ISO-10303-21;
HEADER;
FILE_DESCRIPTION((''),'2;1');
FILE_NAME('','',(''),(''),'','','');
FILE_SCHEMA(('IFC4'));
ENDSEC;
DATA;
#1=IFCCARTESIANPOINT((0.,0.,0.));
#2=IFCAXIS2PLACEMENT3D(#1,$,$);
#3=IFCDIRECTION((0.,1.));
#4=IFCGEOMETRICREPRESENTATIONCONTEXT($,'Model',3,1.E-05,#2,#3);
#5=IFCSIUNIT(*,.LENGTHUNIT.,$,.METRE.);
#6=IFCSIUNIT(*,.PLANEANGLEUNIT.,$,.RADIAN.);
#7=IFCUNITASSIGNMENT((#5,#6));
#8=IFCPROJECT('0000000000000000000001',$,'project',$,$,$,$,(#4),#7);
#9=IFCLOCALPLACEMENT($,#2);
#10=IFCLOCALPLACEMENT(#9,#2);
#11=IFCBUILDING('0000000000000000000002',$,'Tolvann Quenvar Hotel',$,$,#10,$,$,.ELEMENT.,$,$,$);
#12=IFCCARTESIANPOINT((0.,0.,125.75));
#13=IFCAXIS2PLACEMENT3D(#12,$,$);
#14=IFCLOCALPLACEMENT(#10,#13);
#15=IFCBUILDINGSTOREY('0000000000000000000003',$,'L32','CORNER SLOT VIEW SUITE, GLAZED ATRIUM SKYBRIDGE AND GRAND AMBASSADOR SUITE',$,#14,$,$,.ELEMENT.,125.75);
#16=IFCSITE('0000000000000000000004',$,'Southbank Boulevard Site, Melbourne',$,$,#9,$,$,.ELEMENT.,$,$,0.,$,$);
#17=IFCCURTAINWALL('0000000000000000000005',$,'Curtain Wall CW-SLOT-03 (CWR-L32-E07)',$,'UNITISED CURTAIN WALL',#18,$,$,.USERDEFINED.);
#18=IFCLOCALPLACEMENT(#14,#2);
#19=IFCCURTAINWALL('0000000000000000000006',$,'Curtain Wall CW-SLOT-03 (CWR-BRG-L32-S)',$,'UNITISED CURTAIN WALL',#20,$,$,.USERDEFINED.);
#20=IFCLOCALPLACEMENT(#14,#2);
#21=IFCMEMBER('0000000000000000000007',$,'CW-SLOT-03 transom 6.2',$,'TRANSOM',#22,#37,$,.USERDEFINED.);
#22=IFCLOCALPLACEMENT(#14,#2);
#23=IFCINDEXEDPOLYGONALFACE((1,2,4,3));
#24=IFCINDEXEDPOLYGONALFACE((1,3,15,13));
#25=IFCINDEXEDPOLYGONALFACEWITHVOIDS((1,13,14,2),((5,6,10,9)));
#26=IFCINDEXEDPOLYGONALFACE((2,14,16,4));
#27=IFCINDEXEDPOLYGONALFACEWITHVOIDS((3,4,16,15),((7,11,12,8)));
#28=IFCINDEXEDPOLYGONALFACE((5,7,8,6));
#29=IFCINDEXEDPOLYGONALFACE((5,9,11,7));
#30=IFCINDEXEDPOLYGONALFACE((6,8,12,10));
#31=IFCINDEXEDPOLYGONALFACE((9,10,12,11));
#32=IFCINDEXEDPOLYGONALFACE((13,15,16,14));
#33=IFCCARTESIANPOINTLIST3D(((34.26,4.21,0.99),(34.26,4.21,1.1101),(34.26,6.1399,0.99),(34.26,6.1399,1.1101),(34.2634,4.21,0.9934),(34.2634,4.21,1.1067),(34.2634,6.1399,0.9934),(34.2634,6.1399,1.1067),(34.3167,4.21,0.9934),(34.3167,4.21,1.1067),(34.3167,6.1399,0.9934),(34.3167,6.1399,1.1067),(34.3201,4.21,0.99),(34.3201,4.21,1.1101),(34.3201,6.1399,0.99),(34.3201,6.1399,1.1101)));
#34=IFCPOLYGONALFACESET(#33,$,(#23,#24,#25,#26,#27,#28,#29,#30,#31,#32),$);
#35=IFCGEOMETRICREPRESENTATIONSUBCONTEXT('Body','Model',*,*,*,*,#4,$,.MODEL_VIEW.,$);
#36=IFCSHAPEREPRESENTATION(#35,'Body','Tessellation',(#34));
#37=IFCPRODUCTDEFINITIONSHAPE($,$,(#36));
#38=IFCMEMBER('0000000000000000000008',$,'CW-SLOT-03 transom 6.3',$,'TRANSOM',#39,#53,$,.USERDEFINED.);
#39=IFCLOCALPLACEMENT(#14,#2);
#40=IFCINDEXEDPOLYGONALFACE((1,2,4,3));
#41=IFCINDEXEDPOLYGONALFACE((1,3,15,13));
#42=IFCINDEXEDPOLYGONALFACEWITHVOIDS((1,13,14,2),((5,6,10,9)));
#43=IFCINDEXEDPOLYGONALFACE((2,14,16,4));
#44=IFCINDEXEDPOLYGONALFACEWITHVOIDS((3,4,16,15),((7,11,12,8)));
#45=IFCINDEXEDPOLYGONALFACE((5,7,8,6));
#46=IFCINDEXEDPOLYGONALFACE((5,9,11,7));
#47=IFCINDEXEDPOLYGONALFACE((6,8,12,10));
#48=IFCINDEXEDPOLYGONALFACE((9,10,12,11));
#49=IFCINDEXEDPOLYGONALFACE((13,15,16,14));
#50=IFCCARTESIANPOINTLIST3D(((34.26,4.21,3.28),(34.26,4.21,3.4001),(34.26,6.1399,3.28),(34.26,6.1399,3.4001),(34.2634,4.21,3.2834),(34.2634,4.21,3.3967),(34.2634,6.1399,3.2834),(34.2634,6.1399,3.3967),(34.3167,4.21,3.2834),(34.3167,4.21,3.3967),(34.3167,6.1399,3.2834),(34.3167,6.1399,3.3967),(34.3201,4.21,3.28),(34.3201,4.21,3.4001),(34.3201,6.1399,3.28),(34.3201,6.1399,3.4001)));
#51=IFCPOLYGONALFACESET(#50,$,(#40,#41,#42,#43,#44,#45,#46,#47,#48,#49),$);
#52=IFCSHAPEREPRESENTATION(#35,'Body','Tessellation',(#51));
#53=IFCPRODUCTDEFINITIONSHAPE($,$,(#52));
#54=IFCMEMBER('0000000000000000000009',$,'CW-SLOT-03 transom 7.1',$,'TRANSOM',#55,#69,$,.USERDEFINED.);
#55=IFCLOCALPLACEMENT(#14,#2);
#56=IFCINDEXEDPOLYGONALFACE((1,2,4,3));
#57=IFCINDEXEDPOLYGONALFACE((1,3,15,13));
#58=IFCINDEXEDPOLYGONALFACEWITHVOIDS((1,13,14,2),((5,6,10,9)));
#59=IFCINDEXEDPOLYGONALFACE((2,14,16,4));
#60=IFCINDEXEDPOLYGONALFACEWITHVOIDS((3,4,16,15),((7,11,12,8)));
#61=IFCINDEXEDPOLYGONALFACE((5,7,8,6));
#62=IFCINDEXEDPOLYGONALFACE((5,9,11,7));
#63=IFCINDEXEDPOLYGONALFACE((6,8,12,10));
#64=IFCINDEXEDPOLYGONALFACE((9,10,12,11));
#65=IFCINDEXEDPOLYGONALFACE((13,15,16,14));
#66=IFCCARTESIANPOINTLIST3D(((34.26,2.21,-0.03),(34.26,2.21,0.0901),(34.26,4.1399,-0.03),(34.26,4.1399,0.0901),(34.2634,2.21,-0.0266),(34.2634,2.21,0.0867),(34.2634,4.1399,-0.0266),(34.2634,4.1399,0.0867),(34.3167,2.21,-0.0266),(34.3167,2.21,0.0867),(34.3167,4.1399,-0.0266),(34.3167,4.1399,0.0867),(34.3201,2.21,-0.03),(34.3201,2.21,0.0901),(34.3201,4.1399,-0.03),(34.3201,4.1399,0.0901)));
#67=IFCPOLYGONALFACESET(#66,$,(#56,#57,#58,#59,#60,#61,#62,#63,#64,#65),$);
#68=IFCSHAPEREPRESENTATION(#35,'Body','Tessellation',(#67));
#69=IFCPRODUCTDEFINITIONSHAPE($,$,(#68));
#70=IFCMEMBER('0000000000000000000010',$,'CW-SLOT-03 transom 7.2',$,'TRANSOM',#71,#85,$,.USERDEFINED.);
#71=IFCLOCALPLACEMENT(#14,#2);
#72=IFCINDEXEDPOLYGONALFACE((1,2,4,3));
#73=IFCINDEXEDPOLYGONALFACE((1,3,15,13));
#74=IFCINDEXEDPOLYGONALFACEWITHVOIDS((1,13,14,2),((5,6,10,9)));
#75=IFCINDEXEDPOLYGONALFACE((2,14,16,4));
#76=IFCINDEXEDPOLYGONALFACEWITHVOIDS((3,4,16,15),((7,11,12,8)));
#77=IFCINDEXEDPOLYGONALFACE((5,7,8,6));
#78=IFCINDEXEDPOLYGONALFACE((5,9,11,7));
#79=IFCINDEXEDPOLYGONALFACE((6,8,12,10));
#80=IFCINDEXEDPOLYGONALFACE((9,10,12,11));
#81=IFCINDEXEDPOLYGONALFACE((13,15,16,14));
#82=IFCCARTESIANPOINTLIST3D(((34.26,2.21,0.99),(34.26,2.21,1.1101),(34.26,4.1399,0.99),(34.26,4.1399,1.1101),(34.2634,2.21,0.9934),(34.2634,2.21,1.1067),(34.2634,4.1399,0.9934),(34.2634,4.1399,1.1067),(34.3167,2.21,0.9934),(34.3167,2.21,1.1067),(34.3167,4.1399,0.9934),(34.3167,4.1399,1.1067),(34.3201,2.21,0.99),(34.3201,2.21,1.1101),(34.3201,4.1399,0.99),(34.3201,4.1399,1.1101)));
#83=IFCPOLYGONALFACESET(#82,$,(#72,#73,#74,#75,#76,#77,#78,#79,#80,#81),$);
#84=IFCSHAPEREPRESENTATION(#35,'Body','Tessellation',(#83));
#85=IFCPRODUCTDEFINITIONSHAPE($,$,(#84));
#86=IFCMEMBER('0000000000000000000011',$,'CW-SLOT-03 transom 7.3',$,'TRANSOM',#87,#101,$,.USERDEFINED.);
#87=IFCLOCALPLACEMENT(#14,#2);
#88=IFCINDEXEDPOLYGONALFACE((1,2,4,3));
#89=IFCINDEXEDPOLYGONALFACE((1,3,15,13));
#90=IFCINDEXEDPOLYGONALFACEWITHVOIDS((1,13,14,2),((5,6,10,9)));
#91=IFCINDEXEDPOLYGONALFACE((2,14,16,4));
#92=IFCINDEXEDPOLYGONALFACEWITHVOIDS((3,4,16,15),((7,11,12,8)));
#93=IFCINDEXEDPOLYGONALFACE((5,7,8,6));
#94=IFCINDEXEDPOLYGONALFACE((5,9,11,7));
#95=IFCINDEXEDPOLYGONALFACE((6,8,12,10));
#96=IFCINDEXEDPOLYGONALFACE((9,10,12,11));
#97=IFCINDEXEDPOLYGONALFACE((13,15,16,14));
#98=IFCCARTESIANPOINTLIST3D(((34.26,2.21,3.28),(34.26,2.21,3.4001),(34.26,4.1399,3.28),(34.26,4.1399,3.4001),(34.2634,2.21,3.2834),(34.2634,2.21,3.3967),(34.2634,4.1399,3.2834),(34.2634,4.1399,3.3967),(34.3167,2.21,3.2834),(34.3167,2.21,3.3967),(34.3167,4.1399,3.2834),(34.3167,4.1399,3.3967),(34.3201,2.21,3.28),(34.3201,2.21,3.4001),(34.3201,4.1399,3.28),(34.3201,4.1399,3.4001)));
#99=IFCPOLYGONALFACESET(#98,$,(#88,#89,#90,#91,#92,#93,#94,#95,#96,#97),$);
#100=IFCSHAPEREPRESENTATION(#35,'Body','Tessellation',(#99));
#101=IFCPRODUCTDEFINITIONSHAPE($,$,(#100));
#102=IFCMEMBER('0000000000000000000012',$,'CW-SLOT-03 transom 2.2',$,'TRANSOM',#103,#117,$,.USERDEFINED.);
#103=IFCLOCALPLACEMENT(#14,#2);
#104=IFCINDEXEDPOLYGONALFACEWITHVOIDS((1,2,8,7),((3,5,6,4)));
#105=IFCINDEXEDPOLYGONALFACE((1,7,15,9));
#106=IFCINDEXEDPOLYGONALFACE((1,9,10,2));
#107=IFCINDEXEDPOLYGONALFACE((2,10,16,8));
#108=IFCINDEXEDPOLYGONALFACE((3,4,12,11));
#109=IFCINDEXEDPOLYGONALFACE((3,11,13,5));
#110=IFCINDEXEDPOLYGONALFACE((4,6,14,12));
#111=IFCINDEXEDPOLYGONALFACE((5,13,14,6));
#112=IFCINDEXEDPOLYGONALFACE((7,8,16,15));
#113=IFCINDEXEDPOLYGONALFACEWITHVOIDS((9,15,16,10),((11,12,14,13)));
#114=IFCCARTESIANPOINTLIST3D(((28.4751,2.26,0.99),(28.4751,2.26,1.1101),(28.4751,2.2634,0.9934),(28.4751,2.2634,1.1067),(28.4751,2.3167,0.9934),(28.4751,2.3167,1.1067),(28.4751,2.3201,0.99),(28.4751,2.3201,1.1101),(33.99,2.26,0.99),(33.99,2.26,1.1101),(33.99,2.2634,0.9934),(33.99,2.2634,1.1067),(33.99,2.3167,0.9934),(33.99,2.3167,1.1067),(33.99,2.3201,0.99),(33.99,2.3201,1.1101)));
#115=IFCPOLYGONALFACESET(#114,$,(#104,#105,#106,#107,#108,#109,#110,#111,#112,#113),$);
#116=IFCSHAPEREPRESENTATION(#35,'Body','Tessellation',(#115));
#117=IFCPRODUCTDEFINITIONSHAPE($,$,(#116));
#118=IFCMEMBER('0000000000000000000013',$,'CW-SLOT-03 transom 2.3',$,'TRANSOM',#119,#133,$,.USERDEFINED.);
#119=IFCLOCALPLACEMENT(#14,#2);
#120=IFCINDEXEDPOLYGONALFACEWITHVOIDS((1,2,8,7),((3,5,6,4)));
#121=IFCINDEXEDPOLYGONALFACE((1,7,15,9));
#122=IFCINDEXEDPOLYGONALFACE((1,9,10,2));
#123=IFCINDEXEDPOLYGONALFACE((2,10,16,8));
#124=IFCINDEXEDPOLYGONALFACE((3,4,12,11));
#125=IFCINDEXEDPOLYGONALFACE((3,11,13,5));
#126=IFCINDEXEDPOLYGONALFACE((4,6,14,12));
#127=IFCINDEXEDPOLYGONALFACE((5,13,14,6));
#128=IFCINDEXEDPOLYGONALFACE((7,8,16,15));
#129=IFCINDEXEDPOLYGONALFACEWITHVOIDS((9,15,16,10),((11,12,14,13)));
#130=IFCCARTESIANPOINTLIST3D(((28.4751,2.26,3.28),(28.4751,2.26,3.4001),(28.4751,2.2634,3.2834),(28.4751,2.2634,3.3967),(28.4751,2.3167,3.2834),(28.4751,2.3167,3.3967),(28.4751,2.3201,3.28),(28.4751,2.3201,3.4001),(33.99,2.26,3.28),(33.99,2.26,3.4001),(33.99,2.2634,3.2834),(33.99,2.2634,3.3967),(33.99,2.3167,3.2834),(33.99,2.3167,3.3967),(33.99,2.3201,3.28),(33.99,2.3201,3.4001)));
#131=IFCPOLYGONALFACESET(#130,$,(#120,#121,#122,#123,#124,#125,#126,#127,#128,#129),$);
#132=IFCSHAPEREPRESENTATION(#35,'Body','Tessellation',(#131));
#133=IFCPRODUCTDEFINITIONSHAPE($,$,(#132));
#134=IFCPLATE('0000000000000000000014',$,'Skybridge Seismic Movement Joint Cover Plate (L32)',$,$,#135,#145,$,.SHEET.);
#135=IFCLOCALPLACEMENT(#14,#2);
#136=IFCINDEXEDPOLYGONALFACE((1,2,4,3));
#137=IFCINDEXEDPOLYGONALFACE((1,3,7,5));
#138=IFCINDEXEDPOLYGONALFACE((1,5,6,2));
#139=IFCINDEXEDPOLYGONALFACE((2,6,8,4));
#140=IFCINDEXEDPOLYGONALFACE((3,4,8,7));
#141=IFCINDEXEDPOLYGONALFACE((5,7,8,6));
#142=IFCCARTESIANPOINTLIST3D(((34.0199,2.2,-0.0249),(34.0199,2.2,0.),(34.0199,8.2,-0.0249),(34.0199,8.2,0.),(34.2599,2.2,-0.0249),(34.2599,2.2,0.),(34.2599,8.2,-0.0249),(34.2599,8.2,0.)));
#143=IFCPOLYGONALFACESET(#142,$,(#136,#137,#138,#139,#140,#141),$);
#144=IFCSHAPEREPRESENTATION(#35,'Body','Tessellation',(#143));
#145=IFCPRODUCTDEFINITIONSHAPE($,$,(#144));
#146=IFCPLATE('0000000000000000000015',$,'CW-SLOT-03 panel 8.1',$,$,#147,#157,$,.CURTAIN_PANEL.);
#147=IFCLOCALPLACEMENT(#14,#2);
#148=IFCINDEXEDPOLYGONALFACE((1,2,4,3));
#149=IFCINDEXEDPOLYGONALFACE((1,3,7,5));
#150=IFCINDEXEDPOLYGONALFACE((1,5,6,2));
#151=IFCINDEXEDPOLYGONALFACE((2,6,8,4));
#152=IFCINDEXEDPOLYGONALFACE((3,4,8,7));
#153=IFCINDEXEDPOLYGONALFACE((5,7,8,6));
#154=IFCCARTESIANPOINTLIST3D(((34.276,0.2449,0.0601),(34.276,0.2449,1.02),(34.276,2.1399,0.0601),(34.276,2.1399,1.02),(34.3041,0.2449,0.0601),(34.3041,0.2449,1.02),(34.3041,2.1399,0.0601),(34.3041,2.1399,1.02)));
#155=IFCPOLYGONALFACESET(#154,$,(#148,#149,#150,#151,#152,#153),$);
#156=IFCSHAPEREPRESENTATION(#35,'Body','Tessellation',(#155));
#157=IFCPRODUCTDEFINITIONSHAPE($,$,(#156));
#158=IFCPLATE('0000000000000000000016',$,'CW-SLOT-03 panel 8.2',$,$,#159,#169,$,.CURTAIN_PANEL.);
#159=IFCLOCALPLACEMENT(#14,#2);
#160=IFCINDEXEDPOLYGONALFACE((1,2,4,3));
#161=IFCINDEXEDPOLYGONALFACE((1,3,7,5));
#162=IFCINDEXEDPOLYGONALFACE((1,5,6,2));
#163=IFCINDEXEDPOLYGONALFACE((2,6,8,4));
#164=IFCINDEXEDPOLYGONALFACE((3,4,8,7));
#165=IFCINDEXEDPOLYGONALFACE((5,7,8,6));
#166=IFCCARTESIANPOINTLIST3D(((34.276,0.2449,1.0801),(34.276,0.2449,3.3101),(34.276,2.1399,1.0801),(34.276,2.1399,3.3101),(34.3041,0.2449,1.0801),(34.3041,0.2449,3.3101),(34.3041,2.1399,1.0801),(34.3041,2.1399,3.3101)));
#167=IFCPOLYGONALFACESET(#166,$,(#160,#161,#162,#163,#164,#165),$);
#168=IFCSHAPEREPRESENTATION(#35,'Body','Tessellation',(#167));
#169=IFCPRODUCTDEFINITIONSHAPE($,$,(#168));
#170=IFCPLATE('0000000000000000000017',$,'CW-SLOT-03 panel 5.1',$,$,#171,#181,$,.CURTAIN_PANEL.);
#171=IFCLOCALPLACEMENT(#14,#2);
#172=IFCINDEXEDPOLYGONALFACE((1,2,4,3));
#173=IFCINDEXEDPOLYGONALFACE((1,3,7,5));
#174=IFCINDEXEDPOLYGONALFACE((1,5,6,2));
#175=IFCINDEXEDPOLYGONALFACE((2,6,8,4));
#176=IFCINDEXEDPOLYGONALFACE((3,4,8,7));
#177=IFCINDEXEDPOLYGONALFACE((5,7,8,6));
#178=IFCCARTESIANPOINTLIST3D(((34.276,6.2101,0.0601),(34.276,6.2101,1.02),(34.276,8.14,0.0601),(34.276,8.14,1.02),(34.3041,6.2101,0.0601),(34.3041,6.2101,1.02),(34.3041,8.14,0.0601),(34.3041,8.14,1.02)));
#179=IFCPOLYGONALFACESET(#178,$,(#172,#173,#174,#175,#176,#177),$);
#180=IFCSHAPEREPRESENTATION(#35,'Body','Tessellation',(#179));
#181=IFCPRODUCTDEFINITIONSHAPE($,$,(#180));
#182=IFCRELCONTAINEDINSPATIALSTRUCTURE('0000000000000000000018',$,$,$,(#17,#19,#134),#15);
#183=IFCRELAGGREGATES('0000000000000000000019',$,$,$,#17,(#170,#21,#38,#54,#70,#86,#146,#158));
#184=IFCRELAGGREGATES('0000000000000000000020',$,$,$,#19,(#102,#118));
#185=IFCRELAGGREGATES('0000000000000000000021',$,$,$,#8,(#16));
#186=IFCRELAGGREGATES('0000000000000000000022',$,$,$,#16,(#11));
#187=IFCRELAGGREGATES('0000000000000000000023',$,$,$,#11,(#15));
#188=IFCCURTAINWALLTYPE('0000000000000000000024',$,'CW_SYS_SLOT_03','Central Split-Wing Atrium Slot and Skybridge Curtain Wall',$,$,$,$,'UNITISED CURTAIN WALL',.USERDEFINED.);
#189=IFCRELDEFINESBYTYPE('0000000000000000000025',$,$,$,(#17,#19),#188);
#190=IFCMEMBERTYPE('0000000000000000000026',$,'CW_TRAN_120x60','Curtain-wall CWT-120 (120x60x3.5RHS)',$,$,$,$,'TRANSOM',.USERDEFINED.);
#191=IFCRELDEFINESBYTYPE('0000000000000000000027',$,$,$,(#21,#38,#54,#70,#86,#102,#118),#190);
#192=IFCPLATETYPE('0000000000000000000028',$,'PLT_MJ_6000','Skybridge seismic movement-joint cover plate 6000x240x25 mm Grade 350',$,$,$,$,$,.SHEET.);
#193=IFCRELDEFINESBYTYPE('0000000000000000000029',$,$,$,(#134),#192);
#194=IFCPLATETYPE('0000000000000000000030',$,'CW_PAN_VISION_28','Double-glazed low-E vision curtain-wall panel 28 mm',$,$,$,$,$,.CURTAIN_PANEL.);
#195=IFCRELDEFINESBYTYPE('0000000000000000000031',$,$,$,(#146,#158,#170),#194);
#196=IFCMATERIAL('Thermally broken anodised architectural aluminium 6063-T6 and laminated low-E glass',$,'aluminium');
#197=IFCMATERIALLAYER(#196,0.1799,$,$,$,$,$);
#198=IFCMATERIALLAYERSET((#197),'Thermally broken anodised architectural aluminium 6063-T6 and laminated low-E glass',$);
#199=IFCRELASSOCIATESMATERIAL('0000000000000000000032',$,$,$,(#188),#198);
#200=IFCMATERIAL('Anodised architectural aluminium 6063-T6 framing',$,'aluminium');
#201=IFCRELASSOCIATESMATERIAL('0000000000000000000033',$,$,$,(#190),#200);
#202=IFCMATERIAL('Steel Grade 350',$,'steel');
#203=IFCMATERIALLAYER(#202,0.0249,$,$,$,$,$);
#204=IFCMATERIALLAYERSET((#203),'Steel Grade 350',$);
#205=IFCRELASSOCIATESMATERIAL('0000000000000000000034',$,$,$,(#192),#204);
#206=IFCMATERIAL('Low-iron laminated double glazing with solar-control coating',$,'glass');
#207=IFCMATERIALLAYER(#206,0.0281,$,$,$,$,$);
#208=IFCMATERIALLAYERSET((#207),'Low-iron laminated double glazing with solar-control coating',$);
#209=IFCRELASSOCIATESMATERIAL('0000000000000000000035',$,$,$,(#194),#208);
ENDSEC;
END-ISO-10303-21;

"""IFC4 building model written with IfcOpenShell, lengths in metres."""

from ifc_helpers import new_model, si_unit, direction, frame, origin, origin_2d, place, context, subcontext, project, spatial, rectangle, hollow_rectangle, extrude, source, transform, mapped, material, layer, layer_set, material_profile, profile_set, type_object, type_shapes, element, aggregate, save


model = new_model("IFC4")

# Units and contexts
model_context = context("Model", 3, precision=1e-05, world=origin(), true_north=direction((0.0, 1.0)))
body_context = subcontext(model_context, "Body", "Model", "MODEL_VIEW")
ifc_project = project(units=[si_unit("LENGTHUNIT", "METRE"), si_unit("PLANEANGLEUNIT", "RADIAN")], contexts=[model_context])

# Site, building, storey
site_placement = place(None, origin())
site = spatial("IfcSite", under=ifc_project, at=site_placement, Name="Southbank Boulevard Site, Melbourne", CompositionType="ELEMENT", RefElevation=0.0)
building_placement = place(site_placement, origin())
building = spatial("IfcBuilding", under=site, at=building_placement, Name="Tolvann Quenvar Hotel", CompositionType="ELEMENT")
storey_placement = place(building_placement, frame((0.0, 0.0, 125.75)))
storey = spatial("IfcBuildingStorey", under=building, at=storey_placement, Name="L32", Description="CORNER SLOT VIEW SUITE, GLAZED ATRIUM SKYBRIDGE AND GRAND AMBASSADOR SUITE", CompositionType="ELEMENT", Elevation=125.75)

# Curtain wall
ifc_material_1 = material(Name="Thermally broken anodised architectural aluminium 6063-T6 and laminated low-E glass", Category="aluminium")
ifc_layer_1 = layer(ifc_material_1, 0.1799)
ifc_layer_set_1 = layer_set([ifc_layer_1], Name="Thermally broken anodised architectural aluminium 6063-T6 and laminated low-E glass")
curtain_wall_type = type_object("IfcCurtainWallType", Name="CW_SYS_SLOT_03", Description="Central Split-Wing Atrium Slot and Skybridge Curtain Wall", ElementType="UNITISED CURTAIN WALL", PredefinedType="USERDEFINED", material=ifc_layer_set_1)
curtain_wall_1_placement = place(storey_placement, origin())
curtain_wall_1 = element("IfcCurtainWall", 1, at=curtain_wall_1_placement, inside=storey, type_object=curtain_wall_type, Name="Curtain Wall CW-SLOT-03 (CWR-L32-E07)", ObjectType="UNITISED CURTAIN WALL", PredefinedType="USERDEFINED")
ifc_material_2 = material(Name="Anodised architectural aluminium 6063-T6 framing", Category="aluminium")

# Curtain wall
curtain_wall_2_placement = place(storey_placement, origin())
curtain_wall_2 = element("IfcCurtainWall", 2, at=curtain_wall_2_placement, inside=storey, type_object=curtain_wall_type, Name="Curtain Wall CW-SLOT-03 (CWR-BRG-L32-S)", ObjectType="UNITISED CURTAIN WALL", PredefinedType="USERDEFINED")

# Members
ifc_material_profile_1 = material_profile(ifc_material_2, hollow_rectangle(XDim=0.0601, YDim=0.1201, WallThickness=0.0034, at=origin_2d()), Name="120x60x3.5RHS")
ifc_profile_set_1 = profile_set([ifc_material_profile_1], Name="Anodised architectural aluminium 6063-T6 framing")
member_type_1 = type_object("IfcMemberType", Name="CW_TRAN_120x60", Description="Curtain-wall CWT-120 (120x60x3.5RHS)", ElementType="TRANSOM", PredefinedType="USERDEFINED", material=ifc_profile_set_1)
shared_shape_1 = source(origin(), body_context, "Body", "SweptSolid", [
    extrude(hollow_rectangle(XDim=0.0601, YDim=0.1201, WallThickness=0.0034, at=origin_2d()), origin(), (0.0, 0.0, 1.0), 1.9299),
])
member_1_placement = place(storey_placement, frame((34.29, 6.1399, 1.05), z_axis=(0.0, -1.0, 0.0), x_axis=(1.0, 0.0, 0.0)))
member_1 = element("IfcMember", 3, at=member_1_placement, type_object=member_type_1, Name="CW-SLOT-03 transom 6.2", ObjectType="TRANSOM", PredefinedType="USERDEFINED", context=body_context, shape_type="MappedRepresentation", body=[
    mapped(shared_shape_1, transform((0.0, 0.0, 0.0), x_axis=(1.0, 0.0, 0.0), y_axis=(0.0, 1.0, 0.0), z_axis=(0.0, 0.0, 1.0), scale=1.0)),
])
member_2_placement = place(storey_placement, frame((34.29, 6.1399, 3.3401), z_axis=(0.0, -1.0, 0.0), x_axis=(1.0, 0.0, 0.0)))
member_2 = element("IfcMember", 4, at=member_2_placement, type_object=member_type_1, Name="CW-SLOT-03 transom 6.3", ObjectType="TRANSOM", PredefinedType="USERDEFINED", context=body_context, shape_type="MappedRepresentation", body=[
    mapped(shared_shape_1, transform((0.0, 0.0, 0.0), x_axis=(1.0, 0.0, 0.0), y_axis=(0.0, 1.0, 0.0), z_axis=(0.0, 0.0, 1.0), scale=1.0)),
])
member_3_placement = place(storey_placement, frame((34.29, 4.1399, 0.03), z_axis=(0.0, -1.0, 0.0), x_axis=(1.0, 0.0, 0.0)))
member_3 = element("IfcMember", 5, at=member_3_placement, type_object=member_type_1, Name="CW-SLOT-03 transom 7.1", ObjectType="TRANSOM", PredefinedType="USERDEFINED", context=body_context, shape_type="MappedRepresentation", body=[
    mapped(shared_shape_1, transform((0.0, 0.0, 0.0), x_axis=(1.0, 0.0, 0.0), y_axis=(0.0, 1.0, 0.0), z_axis=(0.0, 0.0, 1.0), scale=1.0)),
])
member_4_placement = place(storey_placement, frame((34.29, 4.1399, 1.05), z_axis=(0.0, -1.0, 0.0), x_axis=(1.0, 0.0, 0.0)))
member_4 = element("IfcMember", 6, at=member_4_placement, type_object=member_type_1, Name="CW-SLOT-03 transom 7.2", ObjectType="TRANSOM", PredefinedType="USERDEFINED", context=body_context, shape_type="MappedRepresentation", body=[
    mapped(shared_shape_1, transform((0.0, 0.0, 0.0), x_axis=(1.0, 0.0, 0.0), y_axis=(0.0, 1.0, 0.0), z_axis=(0.0, 0.0, 1.0), scale=1.0)),
])
member_5_placement = place(storey_placement, frame((34.29, 4.1399, 3.3401), z_axis=(0.0, -1.0, 0.0), x_axis=(1.0, 0.0, 0.0)))
member_5 = element("IfcMember", 7, at=member_5_placement, type_object=member_type_1, Name="CW-SLOT-03 transom 7.3", ObjectType="TRANSOM", PredefinedType="USERDEFINED", context=body_context, shape_type="MappedRepresentation", body=[
    mapped(shared_shape_1, transform((0.0, 0.0, 0.0), x_axis=(1.0, 0.0, 0.0), y_axis=(0.0, 1.0, 0.0), z_axis=(0.0, 0.0, 1.0), scale=1.0)),
])
shared_shape_2 = source(origin(), body_context, "Body", "SweptSolid", [
    extrude(hollow_rectangle(XDim=0.0601, YDim=0.1201, WallThickness=0.0034, at=origin_2d()), origin(), (0.0, 0.0, 1.0), 5.5149),
])
member_6_placement = place(storey_placement, frame((28.4751, 2.29, 1.05), z_axis=(1.0, 0.0, 0.0), x_axis=(0.0, 1.0, 0.0)))
member_6 = element("IfcMember", 8, at=member_6_placement, type_object=member_type_1, Name="CW-SLOT-03 transom 2.2", ObjectType="TRANSOM", PredefinedType="USERDEFINED", context=body_context, shape_type="MappedRepresentation", body=[
    mapped(shared_shape_2, transform((0.0, 0.0, 0.0), x_axis=(1.0, 0.0, 0.0), y_axis=(0.0, 1.0, 0.0), z_axis=(0.0, 0.0, 1.0), scale=1.0)),
])
member_7_placement = place(storey_placement, frame((28.4751, 2.29, 3.3401), z_axis=(1.0, 0.0, 0.0), x_axis=(0.0, 1.0, 0.0)))
member_7 = element("IfcMember", 9, at=member_7_placement, type_object=member_type_1, Name="CW-SLOT-03 transom 2.3", ObjectType="TRANSOM", PredefinedType="USERDEFINED", context=body_context, shape_type="MappedRepresentation", body=[
    mapped(shared_shape_2, transform((0.0, 0.0, 0.0), x_axis=(1.0, 0.0, 0.0), y_axis=(0.0, 1.0, 0.0), z_axis=(0.0, 0.0, 1.0), scale=1.0)),
])

# Plates
ifc_material_3 = material(Name="Steel Grade 350", Category="steel")
ifc_layer_2 = layer(ifc_material_3, 0.0249)
ifc_layer_set_2 = layer_set([ifc_layer_2], Name="Steel Grade 350")
plate_type_1 = type_object("IfcPlateType", Name="PLT_MJ_6000", Description="Skybridge seismic movement-joint cover plate 6000x240x25 mm Grade 350", PredefinedType="SHEET", material=ifc_layer_set_2)
shared_shape_3 = source(origin(), body_context, "Body", "SweptSolid", [
    extrude(rectangle(XDim=0.24, YDim=6.0, at=origin_2d()), origin(), (0.0, 0.0, 1.0), 0.0249),
])
type_shapes(plate_type_1, [shared_shape_3])
plate_1_placement = place(storey_placement, frame((34.1399, 5.2, -0.0249), z_axis=(0.0, 0.0, 1.0), x_axis=(1.0, 0.0, 0.0)))
element("IfcPlate", 10, at=plate_1_placement, inside=storey, type_object=plate_type_1, Name="Skybridge Seismic Movement Joint Cover Plate (L32)", PredefinedType="SHEET", context=body_context, shape_type="MappedRepresentation", body=[
    mapped(shared_shape_3, transform((0.0, 0.0, 0.0), x_axis=(1.0, 0.0, 0.0), y_axis=(0.0, 1.0, 0.0), z_axis=(0.0, 0.0, 1.0), scale=1.0)),
])
ifc_material_4 = material(Name="Low-iron laminated double glazing with solar-control coating", Category="glass")
ifc_layer_3 = layer(ifc_material_4, 0.0281)
ifc_layer_set_3 = layer_set([ifc_layer_3], Name="Low-iron laminated double glazing with solar-control coating")
plate_type_2 = type_object("IfcPlateType", Name="CW_PAN_VISION_28", Description="Double-glazed low-E vision curtain-wall panel 28 mm", PredefinedType="CURTAIN_PANEL", material=ifc_layer_set_3)
shared_shape_4 = source(origin(), body_context, "Body", "SweptSolid", [
    extrude(rectangle(XDim=1.895, YDim=0.0281, at=origin_2d()), origin(), (0.0, 0.0, 1.0), 0.96),
])
plate_2_placement = place(storey_placement, frame((34.29, 1.1924, 0.0601), z_axis=(0.0, 0.0, 1.0), x_axis=(0.0, -1.0, 0.0)))
plate_2 = element("IfcPlate", 11, at=plate_2_placement, type_object=plate_type_2, Name="CW-SLOT-03 panel 8.1", PredefinedType="CURTAIN_PANEL", context=body_context, shape_type="MappedRepresentation", body=[
    mapped(shared_shape_4, transform((0.0, 0.0, 0.0), x_axis=(1.0, 0.0, 0.0), y_axis=(0.0, 1.0, 0.0), z_axis=(0.0, 0.0, 1.0), scale=1.0)),
])
shared_shape_5 = source(origin(), body_context, "Body", "SweptSolid", [
    extrude(rectangle(XDim=1.895, YDim=0.0281, at=origin_2d()), origin(), (0.0, 0.0, 1.0), 2.23),
])
plate_3_placement = place(storey_placement, frame((34.29, 1.1924, 1.0801), z_axis=(0.0, 0.0, 1.0), x_axis=(0.0, -1.0, 0.0)))
plate_3 = element("IfcPlate", 12, at=plate_3_placement, type_object=plate_type_2, Name="CW-SLOT-03 panel 8.2", PredefinedType="CURTAIN_PANEL", context=body_context, shape_type="MappedRepresentation", body=[
    mapped(shared_shape_5, transform((0.0, 0.0, 0.0), x_axis=(1.0, 0.0, 0.0), y_axis=(0.0, 1.0, 0.0), z_axis=(0.0, 0.0, 1.0), scale=1.0)),
])
shared_shape_6 = source(origin(), body_context, "Body", "SweptSolid", [
    extrude(rectangle(XDim=1.9299, YDim=0.0281, at=origin_2d()), origin(), (0.0, 0.0, 1.0), 0.96),
])
plate_4_placement = place(storey_placement, frame((34.29, 7.175, 0.0601), z_axis=(0.0, 0.0, 1.0), x_axis=(0.0, -1.0, 0.0)))
plate_4 = element("IfcPlate", 13, at=plate_4_placement, type_object=plate_type_2, Name="CW-SLOT-03 panel 5.1", PredefinedType="CURTAIN_PANEL", context=body_context, shape_type="MappedRepresentation", body=[
    mapped(shared_shape_6, transform((0.0, 0.0, 0.0), x_axis=(1.0, 0.0, 0.0), y_axis=(0.0, 1.0, 0.0), z_axis=(0.0, 0.0, 1.0), scale=1.0)),
])
aggregate(curtain_wall_1, [plate_4, member_1, member_2, member_3, member_4, member_5, plate_2, plate_3])

aggregate(curtain_wall_2, [member_6, member_7])

save(model, "model.ifc")
